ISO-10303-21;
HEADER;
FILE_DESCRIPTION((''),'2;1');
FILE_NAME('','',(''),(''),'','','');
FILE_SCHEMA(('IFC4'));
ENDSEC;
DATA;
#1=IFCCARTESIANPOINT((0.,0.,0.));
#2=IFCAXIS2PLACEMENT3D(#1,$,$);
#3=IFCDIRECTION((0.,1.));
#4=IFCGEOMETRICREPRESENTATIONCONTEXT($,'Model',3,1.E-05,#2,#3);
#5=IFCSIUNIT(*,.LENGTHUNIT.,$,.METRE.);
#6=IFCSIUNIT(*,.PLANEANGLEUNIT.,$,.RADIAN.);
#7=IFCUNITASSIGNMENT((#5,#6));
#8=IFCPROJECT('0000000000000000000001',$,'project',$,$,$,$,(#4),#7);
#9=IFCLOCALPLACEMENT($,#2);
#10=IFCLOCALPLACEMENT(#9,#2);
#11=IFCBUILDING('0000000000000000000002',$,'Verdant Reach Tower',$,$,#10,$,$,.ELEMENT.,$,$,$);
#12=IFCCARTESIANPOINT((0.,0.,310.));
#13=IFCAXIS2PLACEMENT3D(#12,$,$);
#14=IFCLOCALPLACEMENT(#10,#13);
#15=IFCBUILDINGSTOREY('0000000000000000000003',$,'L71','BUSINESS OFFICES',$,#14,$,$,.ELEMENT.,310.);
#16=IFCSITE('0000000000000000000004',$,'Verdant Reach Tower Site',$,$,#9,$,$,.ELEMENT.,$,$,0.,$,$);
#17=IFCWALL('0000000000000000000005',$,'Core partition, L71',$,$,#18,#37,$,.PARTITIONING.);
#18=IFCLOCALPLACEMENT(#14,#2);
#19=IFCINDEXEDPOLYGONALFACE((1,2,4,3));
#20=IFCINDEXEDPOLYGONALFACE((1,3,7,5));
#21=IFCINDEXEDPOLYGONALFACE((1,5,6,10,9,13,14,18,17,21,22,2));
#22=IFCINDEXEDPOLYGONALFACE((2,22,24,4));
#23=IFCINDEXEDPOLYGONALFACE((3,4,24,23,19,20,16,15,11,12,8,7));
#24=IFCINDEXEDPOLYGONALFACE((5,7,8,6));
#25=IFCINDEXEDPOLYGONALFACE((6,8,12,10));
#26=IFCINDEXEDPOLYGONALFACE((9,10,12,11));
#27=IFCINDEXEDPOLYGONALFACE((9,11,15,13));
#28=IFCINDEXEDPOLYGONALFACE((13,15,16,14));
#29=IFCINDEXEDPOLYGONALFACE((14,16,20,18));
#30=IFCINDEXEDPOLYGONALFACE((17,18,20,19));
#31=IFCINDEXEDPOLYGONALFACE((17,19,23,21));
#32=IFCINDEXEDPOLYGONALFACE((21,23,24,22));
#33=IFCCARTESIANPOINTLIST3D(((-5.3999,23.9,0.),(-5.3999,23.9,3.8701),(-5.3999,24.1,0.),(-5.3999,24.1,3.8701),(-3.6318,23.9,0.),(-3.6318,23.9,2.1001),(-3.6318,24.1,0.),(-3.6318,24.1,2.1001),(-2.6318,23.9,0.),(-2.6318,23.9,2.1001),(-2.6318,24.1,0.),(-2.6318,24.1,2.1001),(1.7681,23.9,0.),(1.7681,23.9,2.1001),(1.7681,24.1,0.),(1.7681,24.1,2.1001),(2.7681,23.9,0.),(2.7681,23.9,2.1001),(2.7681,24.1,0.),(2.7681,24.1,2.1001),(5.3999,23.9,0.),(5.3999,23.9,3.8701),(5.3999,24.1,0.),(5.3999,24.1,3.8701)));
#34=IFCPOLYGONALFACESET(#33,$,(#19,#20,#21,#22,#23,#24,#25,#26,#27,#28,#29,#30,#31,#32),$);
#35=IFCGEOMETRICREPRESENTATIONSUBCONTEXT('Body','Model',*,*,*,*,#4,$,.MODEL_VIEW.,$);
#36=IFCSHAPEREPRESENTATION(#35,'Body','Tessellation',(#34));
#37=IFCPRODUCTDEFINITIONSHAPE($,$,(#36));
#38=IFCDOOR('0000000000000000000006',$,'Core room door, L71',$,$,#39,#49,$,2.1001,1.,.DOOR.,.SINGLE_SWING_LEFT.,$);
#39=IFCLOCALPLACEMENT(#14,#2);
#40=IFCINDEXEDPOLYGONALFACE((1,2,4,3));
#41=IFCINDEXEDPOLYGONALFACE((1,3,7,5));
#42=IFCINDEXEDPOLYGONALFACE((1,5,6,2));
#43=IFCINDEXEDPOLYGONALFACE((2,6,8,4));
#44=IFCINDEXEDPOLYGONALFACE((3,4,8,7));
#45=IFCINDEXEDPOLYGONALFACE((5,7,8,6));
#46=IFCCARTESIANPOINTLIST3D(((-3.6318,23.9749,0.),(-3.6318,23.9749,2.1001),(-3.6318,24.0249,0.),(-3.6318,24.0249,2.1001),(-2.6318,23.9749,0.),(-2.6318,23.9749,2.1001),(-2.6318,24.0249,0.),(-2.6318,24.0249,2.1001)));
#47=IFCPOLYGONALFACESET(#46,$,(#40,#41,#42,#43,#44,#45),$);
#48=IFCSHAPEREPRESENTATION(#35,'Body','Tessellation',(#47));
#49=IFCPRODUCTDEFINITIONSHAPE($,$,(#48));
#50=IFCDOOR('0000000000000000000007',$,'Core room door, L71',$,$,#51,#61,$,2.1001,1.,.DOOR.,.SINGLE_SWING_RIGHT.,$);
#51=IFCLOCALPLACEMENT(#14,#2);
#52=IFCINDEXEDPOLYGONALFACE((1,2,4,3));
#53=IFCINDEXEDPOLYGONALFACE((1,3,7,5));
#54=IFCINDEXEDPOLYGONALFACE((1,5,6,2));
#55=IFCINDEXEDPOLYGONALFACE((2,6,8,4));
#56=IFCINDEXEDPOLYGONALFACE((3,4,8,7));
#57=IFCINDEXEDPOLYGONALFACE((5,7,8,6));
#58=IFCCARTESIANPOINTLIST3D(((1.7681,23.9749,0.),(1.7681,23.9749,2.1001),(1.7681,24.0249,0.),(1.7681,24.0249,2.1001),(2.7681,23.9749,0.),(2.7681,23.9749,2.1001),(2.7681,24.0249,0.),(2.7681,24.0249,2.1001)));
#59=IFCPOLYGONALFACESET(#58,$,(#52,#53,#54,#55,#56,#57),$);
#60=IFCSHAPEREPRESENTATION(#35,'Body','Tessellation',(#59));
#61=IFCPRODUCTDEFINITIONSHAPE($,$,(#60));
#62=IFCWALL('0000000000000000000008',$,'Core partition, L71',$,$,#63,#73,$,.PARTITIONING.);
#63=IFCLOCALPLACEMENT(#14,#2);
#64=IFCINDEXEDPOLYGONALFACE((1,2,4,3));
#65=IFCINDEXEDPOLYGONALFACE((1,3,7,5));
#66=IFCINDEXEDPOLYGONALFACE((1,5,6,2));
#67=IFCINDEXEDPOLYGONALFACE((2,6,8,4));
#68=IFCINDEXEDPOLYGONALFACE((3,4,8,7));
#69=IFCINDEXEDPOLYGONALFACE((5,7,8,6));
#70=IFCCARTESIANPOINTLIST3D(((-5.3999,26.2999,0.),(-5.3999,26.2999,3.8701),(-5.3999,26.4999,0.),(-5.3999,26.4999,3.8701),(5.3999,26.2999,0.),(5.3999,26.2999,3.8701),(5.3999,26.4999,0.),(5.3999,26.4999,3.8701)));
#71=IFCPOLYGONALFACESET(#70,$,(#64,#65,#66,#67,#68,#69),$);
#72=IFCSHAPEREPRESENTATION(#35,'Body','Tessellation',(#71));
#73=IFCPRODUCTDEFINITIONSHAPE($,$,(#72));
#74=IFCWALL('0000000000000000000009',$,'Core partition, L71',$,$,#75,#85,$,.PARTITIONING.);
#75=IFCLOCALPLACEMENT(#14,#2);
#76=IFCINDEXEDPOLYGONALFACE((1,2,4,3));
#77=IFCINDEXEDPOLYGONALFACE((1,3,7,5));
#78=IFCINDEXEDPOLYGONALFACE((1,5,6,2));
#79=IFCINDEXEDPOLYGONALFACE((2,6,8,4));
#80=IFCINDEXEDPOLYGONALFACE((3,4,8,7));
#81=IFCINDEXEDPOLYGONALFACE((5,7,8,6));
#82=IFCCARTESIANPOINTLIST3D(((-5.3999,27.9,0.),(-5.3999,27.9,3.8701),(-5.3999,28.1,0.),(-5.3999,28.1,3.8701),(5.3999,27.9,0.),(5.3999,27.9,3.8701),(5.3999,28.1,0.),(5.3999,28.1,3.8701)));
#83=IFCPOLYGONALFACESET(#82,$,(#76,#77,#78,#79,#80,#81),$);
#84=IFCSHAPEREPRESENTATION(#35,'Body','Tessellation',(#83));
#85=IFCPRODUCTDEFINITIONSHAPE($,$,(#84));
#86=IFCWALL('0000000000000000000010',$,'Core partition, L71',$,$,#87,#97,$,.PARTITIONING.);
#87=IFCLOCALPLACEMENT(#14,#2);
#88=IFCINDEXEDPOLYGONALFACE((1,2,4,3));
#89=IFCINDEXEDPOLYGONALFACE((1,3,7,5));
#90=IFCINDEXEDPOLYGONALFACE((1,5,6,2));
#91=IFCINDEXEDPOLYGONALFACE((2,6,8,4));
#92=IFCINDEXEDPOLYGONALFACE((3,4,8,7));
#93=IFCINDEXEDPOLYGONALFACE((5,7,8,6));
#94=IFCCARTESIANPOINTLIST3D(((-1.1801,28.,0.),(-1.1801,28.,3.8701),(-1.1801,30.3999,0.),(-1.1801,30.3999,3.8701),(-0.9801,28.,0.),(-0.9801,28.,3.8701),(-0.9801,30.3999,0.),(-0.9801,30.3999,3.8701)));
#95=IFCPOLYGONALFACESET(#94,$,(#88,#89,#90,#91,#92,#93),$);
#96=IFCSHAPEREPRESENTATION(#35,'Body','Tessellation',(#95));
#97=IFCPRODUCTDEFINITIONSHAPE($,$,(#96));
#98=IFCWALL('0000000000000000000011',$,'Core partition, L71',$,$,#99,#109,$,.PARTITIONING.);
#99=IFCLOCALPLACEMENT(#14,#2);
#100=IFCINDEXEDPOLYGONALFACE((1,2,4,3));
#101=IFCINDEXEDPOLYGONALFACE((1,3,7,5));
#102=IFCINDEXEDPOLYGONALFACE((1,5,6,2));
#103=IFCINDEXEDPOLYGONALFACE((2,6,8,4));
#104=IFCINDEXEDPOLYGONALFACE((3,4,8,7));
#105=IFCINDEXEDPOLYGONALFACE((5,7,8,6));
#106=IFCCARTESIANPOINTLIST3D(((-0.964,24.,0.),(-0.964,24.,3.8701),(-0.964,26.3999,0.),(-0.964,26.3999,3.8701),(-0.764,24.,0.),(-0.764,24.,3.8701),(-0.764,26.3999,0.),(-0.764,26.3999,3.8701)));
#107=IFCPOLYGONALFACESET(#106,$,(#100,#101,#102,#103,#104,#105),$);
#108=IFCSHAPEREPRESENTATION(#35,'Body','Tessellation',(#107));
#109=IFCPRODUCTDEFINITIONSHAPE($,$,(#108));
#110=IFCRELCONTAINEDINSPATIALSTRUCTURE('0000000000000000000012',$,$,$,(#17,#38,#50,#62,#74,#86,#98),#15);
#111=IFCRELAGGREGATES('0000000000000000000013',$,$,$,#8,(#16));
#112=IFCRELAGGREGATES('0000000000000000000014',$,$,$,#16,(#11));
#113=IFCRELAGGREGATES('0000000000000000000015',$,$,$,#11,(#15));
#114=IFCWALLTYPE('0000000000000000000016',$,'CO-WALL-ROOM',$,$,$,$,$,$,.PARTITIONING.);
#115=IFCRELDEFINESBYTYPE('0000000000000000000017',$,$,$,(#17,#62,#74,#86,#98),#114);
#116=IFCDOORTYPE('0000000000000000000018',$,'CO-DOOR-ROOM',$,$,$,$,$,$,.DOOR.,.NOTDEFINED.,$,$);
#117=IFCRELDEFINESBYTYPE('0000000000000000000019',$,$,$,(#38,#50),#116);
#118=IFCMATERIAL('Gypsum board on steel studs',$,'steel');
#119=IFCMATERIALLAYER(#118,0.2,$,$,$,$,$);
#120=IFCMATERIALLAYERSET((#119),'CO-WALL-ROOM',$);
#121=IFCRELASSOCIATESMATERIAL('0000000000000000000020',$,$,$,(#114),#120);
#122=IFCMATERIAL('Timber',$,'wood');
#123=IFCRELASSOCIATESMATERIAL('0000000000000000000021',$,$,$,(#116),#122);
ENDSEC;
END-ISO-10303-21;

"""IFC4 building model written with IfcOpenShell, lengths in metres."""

from ifc_helpers import new_model, si_unit, direction, frame, frame_2d, origin, place, context, subcontext, project, spatial, rectangle, extrude, material, layer, layer_set, type_object, element, fill, save


model = new_model("IFC4")

# Units and contexts
model_context = context("Model", 3, precision=1e-05, world=origin(), true_north=direction((0.0, 1.0)))
body_context = subcontext(model_context, "Body", "Model", "MODEL_VIEW")
ifc_project = project(units=[si_unit("LENGTHUNIT", "METRE"), si_unit("PLANEANGLEUNIT", "RADIAN")], contexts=[model_context])

# Site, building, storey
site_placement = place(None, origin())
site = spatial("IfcSite", under=ifc_project, at=site_placement, Name="Verdant Reach Tower Site", CompositionType="ELEMENT", RefElevation=0.0)
building_placement = place(site_placement, origin())
building = spatial("IfcBuilding", under=site, at=building_placement, Name="Verdant Reach Tower", CompositionType="ELEMENT")
storey_placement = place(building_placement, frame((0.0, 0.0, 310.0)))
storey = spatial("IfcBuildingStorey", under=building, at=storey_placement, Name="L71", Description="BUSINESS OFFICES", CompositionType="ELEMENT", Elevation=310.0)

# Wall, openings, doors
ifc_material_1 = material(Name="Gypsum board on steel studs", Category="steel")
ifc_layer_1 = layer(ifc_material_1, 0.2)
ifc_layer_set_1 = layer_set([ifc_layer_1], Name="CO-WALL-ROOM")
wall_type_1 = type_object("IfcWallType", Name="CO-WALL-ROOM", PredefinedType="PARTITIONING", material=ifc_layer_set_1)
wall_1_placement = place(storey_placement, frame((-5.3999, 24.0, 0.0), z_axis=(0.0, 0.0, 1.0), x_axis=(1.0, 0.0, 0.0)))
wall_1 = element("IfcWall", 1, at=wall_1_placement, inside=storey, type_object=wall_type_1, Name="Core partition, L71", PredefinedType="PARTITIONING", context=body_context, shape_type="SweptSolid", body=[
    extrude(rectangle(XDim=10.7998, YDim=0.2, at=frame_2d((5.3999, 0.0))), origin(), (0.0, 0.0, 1.0), 3.8701),
])
opening_1_placement = place(wall_1_placement, frame((1.7681, 0.0, 0.0)))
opening_1 = element("IfcOpeningElement", 2, at=opening_1_placement, cuts=wall_1, PredefinedType="OPENING", context=body_context, shape_type="SweptSolid", body=[
    extrude(rectangle(XDim=1.0, YDim=2.1001, at=frame_2d((0.5, 1.05))), frame((0.0, 0.1099, 0.0), z_axis=(0.0, -1.0, 0.0), x_axis=(1.0, 0.0, 0.0)), (0.0, 0.0, 1.0), 0.22),
])
opening_2_placement = place(wall_1_placement, frame((7.168, 0.0, 0.0)))
opening_2 = element("IfcOpeningElement", 3, at=opening_2_placement, cuts=wall_1, PredefinedType="OPENING", context=body_context, shape_type="SweptSolid", body=[
    extrude(rectangle(XDim=1.0, YDim=2.1001, at=frame_2d((0.5, 1.05))), frame((0.0, 0.1099, 0.0), z_axis=(0.0, -1.0, 0.0), x_axis=(1.0, 0.0, 0.0)), (0.0, 0.0, 1.0), 0.22),
])
ifc_material_2 = material(Name="Timber", Category="wood")
door_type_1 = type_object("IfcDoorType", Name="CO-DOOR-ROOM", OperationType="NOTDEFINED", PredefinedType="DOOR", material=ifc_material_2)
door_1_placement = place(opening_1_placement, origin())
door_1 = element("IfcDoor", 4, at=door_1_placement, inside=storey, type_object=door_type_1, Name="Core room door, L71", OperationType="SINGLE_SWING_LEFT", OverallHeight=2.1001, OverallWidth=1.0, PredefinedType="DOOR", context=body_context, shape_type="SweptSolid", body=[
    extrude(rectangle(XDim=1.0, YDim=2.1001, at=frame_2d((0.5, 1.05))), frame((0.0, 0.0249, 0.0), z_axis=(0.0, -1.0, 0.0), x_axis=(1.0, 0.0, 0.0)), (0.0, 0.0, 1.0), 0.05),
])
fill(opening_1, door_1)
door_2_placement = place(opening_2_placement, origin())
door_2 = element("IfcDoor", 5, at=door_2_placement, inside=storey, type_object=door_type_1, Name="Core room door, L71", OperationType="SINGLE_SWING_RIGHT", OverallHeight=2.1001, OverallWidth=1.0, PredefinedType="DOOR", context=body_context, shape_type="SweptSolid", body=[
    extrude(rectangle(XDim=1.0, YDim=2.1001, at=frame_2d((0.5, 1.05))), frame((0.0, 0.0249, 0.0), z_axis=(0.0, -1.0, 0.0), x_axis=(1.0, 0.0, 0.0)), (0.0, 0.0, 1.0), 0.05),
])
fill(opening_2, door_2)

# Walls
for number, where, z_axis, x_axis, name in (
    (6, (-5.3999, 26.3999, 0.0), (0.0, 0.0, 1.0), (1.0, 0.0, 0.0), "Core partition, L71"),
    (7, (-5.3999, 28.0, 0.0), (0.0, 0.0, 1.0), (1.0, 0.0, 0.0), "Core partition, L71"),
):
    element("IfcWall", number, at=place(storey_placement, frame(where, z_axis=z_axis, x_axis=x_axis)), inside=storey, type_object=wall_type_1, Name=name, PredefinedType="PARTITIONING", context=body_context, shape_type="SweptSolid", body=[
        extrude(rectangle(XDim=10.7998, YDim=0.2, at=frame_2d((5.3999, 0.0))), origin(), (0.0, 0.0, 1.0), 3.8701),
    ])
for number, where, z_axis, x_axis, name in (
    (8, (-1.0801, 28.0, 0.0), (0.0, 0.0, 1.0), (0.0, 1.0, 0.0), "Core partition, L71"),
    (9, (-0.864, 24.0, 0.0), (0.0, 0.0, 1.0), (0.0, 1.0, 0.0), "Core partition, L71"),
):
    element("IfcWall", number, at=place(storey_placement, frame(where, z_axis=z_axis, x_axis=x_axis)), inside=storey, type_object=wall_type_1, Name=name, PredefinedType="PARTITIONING", context=body_context, shape_type="SweptSolid", body=[
        extrude(rectangle(XDim=2.3999, YDim=0.2, at=frame_2d((1.2, 0.0))), origin(), (0.0, 0.0, 1.0), 3.8701),
    ])

save(model, "model.ifc")
